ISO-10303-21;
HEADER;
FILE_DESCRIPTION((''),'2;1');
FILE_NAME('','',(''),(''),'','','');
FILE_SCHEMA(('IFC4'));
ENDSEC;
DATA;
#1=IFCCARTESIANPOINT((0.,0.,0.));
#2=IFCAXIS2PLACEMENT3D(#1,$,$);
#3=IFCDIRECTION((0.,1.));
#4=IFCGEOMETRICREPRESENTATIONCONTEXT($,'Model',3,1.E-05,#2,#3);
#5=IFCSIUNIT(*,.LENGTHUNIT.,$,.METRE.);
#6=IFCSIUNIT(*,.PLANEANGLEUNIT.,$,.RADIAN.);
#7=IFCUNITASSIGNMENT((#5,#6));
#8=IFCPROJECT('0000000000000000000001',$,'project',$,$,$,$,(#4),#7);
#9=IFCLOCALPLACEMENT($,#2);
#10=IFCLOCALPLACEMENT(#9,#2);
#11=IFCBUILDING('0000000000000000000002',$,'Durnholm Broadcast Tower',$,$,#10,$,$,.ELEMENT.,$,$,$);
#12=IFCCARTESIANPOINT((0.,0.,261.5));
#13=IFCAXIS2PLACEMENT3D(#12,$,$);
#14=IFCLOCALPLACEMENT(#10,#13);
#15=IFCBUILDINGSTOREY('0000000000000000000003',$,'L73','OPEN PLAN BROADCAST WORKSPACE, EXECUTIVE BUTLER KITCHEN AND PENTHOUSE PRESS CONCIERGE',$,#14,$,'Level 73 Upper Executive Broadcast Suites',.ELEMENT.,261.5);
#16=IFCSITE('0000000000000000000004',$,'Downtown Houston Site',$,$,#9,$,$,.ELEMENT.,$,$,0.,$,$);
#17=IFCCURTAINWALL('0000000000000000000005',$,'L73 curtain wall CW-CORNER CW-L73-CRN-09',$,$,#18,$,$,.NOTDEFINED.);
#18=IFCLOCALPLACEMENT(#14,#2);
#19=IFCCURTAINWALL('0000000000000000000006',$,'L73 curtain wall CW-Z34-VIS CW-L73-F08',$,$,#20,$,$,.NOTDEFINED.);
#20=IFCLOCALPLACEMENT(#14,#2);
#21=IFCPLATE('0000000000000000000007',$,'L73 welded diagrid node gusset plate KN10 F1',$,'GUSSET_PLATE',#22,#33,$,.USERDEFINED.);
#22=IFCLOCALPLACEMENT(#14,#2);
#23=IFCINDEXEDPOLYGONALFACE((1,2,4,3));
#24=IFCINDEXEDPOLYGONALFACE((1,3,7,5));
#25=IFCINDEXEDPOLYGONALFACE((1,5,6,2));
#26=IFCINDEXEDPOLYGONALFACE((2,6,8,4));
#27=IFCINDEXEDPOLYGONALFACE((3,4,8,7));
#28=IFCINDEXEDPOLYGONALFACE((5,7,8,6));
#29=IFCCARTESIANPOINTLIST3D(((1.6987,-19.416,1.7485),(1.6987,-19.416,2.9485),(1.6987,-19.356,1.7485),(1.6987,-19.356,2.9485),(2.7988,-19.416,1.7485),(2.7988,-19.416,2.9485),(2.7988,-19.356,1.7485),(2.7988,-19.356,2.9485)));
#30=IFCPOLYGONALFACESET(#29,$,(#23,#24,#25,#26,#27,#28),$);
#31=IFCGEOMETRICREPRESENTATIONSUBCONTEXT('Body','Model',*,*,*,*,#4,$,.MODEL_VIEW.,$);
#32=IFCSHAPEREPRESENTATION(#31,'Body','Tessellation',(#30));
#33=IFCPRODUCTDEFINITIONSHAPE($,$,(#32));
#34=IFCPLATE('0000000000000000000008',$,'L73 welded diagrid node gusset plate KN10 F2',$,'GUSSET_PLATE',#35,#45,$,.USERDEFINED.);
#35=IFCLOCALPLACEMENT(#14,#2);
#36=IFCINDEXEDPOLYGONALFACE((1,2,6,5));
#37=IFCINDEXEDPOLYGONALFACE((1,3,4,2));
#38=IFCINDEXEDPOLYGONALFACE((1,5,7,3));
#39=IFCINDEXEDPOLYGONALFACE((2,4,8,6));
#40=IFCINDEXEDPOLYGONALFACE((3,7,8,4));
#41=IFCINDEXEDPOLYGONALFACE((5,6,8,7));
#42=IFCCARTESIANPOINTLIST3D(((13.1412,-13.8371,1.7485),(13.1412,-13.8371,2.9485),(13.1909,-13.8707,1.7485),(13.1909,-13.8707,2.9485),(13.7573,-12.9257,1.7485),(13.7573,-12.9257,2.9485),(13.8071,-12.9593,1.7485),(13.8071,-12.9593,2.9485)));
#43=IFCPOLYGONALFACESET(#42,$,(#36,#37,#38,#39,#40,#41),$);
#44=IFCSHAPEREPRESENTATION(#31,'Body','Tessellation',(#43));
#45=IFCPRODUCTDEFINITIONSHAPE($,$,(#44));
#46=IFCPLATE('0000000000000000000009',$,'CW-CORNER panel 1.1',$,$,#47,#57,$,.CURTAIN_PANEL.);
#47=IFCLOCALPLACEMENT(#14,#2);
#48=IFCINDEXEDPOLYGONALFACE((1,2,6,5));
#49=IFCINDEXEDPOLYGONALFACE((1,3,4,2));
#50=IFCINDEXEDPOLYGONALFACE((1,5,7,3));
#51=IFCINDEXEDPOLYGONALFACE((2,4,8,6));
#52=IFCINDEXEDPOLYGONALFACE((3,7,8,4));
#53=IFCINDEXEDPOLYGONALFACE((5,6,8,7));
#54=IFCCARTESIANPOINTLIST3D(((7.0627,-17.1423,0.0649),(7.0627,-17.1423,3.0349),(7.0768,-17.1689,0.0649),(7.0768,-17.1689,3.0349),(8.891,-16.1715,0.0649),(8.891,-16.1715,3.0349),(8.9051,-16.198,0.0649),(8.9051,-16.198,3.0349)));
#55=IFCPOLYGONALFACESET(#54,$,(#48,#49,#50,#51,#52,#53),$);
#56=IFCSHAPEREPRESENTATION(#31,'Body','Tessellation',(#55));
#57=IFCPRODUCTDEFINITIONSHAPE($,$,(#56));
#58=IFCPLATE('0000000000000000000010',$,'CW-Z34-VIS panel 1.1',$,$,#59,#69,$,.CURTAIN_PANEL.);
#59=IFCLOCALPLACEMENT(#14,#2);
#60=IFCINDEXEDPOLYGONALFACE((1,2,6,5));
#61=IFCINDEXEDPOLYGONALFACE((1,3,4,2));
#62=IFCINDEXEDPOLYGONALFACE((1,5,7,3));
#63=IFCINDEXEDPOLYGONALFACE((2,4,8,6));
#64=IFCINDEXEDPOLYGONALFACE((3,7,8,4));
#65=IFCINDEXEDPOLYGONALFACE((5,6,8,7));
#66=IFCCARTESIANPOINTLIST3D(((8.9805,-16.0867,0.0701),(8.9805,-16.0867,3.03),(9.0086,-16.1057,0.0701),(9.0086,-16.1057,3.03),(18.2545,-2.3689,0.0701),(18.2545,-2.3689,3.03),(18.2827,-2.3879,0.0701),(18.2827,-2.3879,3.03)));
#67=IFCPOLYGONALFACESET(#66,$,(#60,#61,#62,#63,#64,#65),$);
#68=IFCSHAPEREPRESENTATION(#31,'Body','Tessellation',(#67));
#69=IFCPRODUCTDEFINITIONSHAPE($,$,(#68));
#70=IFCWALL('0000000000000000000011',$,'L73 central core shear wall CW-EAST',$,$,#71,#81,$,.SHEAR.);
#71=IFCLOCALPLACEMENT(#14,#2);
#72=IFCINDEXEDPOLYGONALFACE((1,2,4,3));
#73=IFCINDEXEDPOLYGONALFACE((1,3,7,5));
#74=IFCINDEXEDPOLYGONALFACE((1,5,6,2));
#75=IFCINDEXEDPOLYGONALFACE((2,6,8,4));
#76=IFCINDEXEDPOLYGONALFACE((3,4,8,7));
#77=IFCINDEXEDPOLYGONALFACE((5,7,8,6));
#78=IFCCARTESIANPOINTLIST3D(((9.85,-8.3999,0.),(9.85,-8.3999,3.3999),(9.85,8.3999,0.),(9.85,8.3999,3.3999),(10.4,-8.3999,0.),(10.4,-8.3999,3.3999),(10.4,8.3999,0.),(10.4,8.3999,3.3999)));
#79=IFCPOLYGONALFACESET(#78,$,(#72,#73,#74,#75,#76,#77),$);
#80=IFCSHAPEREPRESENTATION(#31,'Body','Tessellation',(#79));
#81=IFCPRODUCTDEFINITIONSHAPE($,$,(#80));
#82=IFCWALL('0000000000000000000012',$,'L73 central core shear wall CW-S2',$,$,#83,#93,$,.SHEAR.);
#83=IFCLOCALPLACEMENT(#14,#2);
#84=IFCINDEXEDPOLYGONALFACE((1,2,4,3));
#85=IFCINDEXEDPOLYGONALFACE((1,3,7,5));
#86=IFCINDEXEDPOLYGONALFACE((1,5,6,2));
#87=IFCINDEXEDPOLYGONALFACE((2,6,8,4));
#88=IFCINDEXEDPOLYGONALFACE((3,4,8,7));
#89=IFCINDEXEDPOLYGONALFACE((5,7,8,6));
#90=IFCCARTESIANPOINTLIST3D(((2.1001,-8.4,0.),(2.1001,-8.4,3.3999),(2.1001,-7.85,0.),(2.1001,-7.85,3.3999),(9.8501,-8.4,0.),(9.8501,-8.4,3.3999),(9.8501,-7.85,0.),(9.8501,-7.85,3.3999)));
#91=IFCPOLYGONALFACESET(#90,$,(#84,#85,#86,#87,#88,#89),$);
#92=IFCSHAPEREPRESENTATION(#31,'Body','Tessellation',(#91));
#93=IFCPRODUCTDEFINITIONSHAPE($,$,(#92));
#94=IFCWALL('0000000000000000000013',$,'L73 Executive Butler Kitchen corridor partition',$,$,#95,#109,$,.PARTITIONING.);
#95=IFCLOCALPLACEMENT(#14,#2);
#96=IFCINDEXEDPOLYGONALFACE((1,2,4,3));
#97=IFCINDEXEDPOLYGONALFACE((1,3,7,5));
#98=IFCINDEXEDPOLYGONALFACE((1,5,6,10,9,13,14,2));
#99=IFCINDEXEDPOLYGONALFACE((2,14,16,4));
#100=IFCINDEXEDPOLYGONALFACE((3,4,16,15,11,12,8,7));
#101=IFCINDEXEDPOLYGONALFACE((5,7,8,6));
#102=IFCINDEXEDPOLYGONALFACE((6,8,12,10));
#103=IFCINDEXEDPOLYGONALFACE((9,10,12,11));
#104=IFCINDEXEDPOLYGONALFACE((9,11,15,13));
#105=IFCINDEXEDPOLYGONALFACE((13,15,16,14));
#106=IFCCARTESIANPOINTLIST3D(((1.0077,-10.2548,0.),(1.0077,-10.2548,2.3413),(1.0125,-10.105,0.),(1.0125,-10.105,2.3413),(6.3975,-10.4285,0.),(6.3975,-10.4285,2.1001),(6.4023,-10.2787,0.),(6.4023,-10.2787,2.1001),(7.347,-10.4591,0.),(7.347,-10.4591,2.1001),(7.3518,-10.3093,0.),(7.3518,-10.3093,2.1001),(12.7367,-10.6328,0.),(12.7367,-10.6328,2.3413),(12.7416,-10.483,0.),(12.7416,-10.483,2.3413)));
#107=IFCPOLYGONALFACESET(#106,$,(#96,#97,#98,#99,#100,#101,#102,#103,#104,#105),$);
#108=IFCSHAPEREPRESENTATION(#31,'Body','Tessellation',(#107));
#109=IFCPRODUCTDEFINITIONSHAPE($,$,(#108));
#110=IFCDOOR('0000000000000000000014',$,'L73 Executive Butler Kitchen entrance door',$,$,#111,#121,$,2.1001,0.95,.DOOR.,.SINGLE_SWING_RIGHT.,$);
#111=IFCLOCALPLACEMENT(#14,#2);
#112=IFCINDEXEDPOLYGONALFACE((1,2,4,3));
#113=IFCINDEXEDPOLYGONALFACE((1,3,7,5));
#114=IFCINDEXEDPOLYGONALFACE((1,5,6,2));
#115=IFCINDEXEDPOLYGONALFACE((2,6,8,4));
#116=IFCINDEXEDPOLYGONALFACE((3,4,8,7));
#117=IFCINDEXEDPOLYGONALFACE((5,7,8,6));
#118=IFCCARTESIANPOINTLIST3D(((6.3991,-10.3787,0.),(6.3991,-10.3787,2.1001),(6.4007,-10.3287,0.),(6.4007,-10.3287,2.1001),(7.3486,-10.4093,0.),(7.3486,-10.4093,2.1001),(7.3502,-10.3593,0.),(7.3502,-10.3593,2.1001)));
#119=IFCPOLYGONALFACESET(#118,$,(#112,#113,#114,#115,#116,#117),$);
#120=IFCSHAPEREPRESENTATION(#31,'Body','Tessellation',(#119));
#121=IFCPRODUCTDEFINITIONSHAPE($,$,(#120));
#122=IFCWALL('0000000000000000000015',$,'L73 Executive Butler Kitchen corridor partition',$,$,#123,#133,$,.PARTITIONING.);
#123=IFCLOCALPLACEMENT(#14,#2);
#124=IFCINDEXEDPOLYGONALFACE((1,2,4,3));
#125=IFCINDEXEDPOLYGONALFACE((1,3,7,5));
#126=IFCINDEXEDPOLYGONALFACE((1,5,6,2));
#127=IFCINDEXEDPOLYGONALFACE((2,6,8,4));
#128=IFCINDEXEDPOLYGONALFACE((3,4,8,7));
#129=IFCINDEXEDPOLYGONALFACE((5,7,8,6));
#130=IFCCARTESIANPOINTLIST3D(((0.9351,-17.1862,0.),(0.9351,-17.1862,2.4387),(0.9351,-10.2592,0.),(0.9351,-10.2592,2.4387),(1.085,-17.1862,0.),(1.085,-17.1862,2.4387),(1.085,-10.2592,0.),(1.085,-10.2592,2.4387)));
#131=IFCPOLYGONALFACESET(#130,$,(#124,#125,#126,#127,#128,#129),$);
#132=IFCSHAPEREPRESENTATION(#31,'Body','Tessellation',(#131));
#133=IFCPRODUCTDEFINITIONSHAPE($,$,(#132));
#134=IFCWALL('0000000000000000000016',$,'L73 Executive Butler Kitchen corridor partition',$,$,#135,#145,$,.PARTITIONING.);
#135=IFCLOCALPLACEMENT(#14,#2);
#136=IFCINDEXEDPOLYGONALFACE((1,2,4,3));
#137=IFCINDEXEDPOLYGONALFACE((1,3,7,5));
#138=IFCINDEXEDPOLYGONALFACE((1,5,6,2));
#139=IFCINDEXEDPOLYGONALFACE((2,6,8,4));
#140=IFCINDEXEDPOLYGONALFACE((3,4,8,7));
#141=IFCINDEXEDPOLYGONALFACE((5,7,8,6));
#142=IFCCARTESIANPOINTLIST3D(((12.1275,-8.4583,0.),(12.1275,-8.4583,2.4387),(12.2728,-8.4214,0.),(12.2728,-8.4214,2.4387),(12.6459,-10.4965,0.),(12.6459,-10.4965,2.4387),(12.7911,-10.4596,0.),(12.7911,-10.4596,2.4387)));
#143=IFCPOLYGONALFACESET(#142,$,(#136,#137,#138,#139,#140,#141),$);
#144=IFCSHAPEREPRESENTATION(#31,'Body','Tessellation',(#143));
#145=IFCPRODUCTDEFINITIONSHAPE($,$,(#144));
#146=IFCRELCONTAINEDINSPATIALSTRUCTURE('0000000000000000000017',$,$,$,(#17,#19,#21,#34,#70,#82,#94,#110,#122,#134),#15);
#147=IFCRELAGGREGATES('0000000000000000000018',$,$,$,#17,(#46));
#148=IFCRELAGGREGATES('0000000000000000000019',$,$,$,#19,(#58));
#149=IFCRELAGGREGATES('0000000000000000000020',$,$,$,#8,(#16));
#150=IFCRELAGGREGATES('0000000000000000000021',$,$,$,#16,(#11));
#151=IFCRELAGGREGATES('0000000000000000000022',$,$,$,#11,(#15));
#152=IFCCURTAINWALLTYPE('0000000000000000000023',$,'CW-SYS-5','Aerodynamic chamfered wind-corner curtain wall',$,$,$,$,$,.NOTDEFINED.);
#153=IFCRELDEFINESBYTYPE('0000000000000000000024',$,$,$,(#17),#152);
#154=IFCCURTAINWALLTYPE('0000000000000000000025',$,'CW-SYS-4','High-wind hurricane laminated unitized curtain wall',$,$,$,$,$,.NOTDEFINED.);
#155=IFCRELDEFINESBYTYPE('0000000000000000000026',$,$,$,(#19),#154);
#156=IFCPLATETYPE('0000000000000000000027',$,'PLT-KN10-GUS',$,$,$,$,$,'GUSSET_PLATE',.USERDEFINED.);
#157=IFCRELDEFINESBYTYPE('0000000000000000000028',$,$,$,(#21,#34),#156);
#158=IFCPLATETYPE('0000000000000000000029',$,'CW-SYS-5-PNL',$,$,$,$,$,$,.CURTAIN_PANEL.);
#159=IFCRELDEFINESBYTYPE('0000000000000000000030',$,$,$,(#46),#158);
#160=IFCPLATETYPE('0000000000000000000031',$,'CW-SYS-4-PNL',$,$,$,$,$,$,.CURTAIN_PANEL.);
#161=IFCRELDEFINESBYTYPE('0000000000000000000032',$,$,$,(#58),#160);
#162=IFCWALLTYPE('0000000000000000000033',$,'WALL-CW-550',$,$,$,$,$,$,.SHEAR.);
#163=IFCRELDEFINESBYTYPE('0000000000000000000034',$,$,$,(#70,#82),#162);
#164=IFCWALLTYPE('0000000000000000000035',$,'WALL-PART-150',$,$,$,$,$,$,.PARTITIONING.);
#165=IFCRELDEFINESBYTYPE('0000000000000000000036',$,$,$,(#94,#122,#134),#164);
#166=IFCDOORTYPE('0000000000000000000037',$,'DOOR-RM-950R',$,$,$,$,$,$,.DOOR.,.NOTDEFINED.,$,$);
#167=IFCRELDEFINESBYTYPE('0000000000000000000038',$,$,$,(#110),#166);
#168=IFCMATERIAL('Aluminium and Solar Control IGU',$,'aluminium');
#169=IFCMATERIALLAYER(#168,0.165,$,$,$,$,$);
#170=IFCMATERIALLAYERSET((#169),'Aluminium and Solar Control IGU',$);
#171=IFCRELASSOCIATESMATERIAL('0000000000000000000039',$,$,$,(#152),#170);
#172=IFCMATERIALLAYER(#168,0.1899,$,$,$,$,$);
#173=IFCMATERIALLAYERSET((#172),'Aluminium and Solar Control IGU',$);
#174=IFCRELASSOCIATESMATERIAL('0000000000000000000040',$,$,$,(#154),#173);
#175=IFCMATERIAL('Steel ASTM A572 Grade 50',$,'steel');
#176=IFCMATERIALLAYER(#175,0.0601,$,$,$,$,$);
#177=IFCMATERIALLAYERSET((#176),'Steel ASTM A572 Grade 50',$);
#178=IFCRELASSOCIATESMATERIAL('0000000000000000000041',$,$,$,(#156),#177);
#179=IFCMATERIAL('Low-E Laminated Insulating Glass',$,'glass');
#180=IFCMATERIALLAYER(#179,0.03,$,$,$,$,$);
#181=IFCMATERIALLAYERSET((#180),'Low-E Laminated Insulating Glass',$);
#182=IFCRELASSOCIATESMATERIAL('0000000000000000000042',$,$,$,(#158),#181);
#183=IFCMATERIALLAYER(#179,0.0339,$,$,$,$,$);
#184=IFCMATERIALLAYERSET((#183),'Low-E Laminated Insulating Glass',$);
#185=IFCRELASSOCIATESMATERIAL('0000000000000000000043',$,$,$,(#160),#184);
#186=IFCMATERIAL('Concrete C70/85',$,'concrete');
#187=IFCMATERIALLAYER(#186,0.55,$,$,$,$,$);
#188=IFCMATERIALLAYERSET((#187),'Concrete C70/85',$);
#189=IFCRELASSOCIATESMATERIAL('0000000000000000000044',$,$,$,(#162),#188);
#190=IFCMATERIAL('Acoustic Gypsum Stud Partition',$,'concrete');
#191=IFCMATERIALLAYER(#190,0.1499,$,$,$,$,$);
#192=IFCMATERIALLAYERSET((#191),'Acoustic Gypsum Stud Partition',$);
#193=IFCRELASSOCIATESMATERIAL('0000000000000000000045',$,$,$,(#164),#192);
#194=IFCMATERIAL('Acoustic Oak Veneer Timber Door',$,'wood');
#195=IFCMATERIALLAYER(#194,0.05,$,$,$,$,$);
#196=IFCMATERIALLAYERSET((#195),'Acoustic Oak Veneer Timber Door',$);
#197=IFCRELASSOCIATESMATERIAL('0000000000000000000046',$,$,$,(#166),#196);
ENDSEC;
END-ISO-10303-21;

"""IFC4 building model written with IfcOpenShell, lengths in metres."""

from ifc_helpers import new_model, si_unit, direction, frame, frame_2d, origin, origin_2d, place, context, subcontext, project, spatial, rectangle, extrude, source, transform, mapped, material, layer, layer_set, type_object, type_shapes, element, fill, aggregate, save


model = new_model("IFC4")

# Units and contexts
model_context = context("Model", 3, precision=1e-05, world=origin(), true_north=direction((0.0, 1.0)))
body_context = subcontext(model_context, "Body", "Model", "MODEL_VIEW")
ifc_project = project(units=[si_unit("LENGTHUNIT", "METRE"), si_unit("PLANEANGLEUNIT", "RADIAN")], contexts=[model_context])

# Site, building, storey
site_placement = place(None, origin())
site = spatial("IfcSite", under=ifc_project, at=site_placement, Name="Downtown Houston Site", CompositionType="ELEMENT", RefElevation=0.0)
building_placement = place(site_placement, origin())
building = spatial("IfcBuilding", under=site, at=building_placement, Name="Durnholm Broadcast Tower", CompositionType="ELEMENT")
storey_placement = place(building_placement, frame((0.0, 0.0, 261.5)))
storey = spatial("IfcBuildingStorey", under=building, at=storey_placement, Name="L73", Description="OPEN PLAN BROADCAST WORKSPACE, EXECUTIVE BUTLER KITCHEN AND PENTHOUSE PRESS CONCIERGE", LongName="Level 73 Upper Executive Broadcast Suites", CompositionType="ELEMENT", Elevation=261.5)

# Shared definitions
ifc_material_1 = material(Name="Concrete C70/85", Category="concrete")

# Curtain wall
ifc_material_2 = material(Name="Aluminium and Solar Control IGU", Category="aluminium")
ifc_layer_1 = layer(ifc_material_2, 0.165)
ifc_layer_set_1 = layer_set([ifc_layer_1], Name="Aluminium and Solar Control IGU")
curtain_wall_type_1 = type_object("IfcCurtainWallType", Name="CW-SYS-5", Description="Aerodynamic chamfered wind-corner curtain wall", PredefinedType="NOTDEFINED", material=ifc_layer_set_1)
curtain_wall_1_placement = place(storey_placement, origin())
curtain_wall_1 = element("IfcCurtainWall", 1, at=curtain_wall_1_placement, inside=storey, type_object=curtain_wall_type_1, Name="L73 curtain wall CW-CORNER CW-L73-CRN-09", PredefinedType="NOTDEFINED")
ifc_layer_2 = layer(ifc_material_2, 0.1899)
ifc_layer_set_2 = layer_set([ifc_layer_2], Name="Aluminium and Solar Control IGU")
curtain_wall_type_2 = type_object("IfcCurtainWallType", Name="CW-SYS-4", Description="High-wind hurricane laminated unitized curtain wall", PredefinedType="NOTDEFINED", material=ifc_layer_set_2)

# Curtain wall
curtain_wall_2_placement = place(storey_placement, origin())
curtain_wall_2 = element("IfcCurtainWall", 2, at=curtain_wall_2_placement, inside=storey, type_object=curtain_wall_type_2, Name="L73 curtain wall CW-Z34-VIS CW-L73-F08", PredefinedType="NOTDEFINED")

# Plates
ifc_material_3 = material(Name="Steel ASTM A572 Grade 50", Category="steel")
ifc_layer_3 = layer(ifc_material_3, 0.0601)
ifc_layer_set_3 = layer_set([ifc_layer_3], Name="Steel ASTM A572 Grade 50")
plate_type_1 = type_object("IfcPlateType", Name="PLT-KN10-GUS", ElementType="GUSSET_PLATE", PredefinedType="USERDEFINED", material=ifc_layer_set_3)
shared_shape_1 = source(origin(), body_context, "Body", "SweptSolid", [
    extrude(rectangle(XDim=1.1001, YDim=0.0601, at=origin_2d()), origin(), (0.0, 0.0, 1.0), 1.2),
])
type_shapes(plate_type_1, [shared_shape_1])
for number, where, z_axis, x_axis, name in (
    (3, (2.2488, -19.386, 1.7485), (0.0, 0.0, 1.0), (1.0, 0.0, 0.0), "L73 welded diagrid node gusset plate KN10 F1"),
    (4, (13.4741, -13.3982, 1.7485), (0.0, 0.0, 1.0), (0.560061, 0.828452, 0.0), "L73 welded diagrid node gusset plate KN10 F2"),
):
    element("IfcPlate", number, at=place(storey_placement, frame(where, z_axis=z_axis, x_axis=x_axis)), inside=storey, type_object=plate_type_1, Name=name, ObjectType="GUSSET_PLATE", PredefinedType="USERDEFINED", context=body_context, shape_type="MappedRepresentation", body=[
        mapped(shared_shape_1, transform((0.0, 0.0, 0.0), x_axis=(1.0, 0.0, 0.0), y_axis=(0.0, 1.0, 0.0), z_axis=(0.0, 0.0, 1.0), scale=1.0)),
    ])

# Plates
ifc_material_4 = material(Name="Low-E Laminated Insulating Glass", Category="glass")
ifc_layer_4 = layer(ifc_material_4, 0.03)
ifc_layer_set_4 = layer_set([ifc_layer_4], Name="Low-E Laminated Insulating Glass")
plate_type_2 = type_object("IfcPlateType", Name="CW-SYS-5-PNL", PredefinedType="CURTAIN_PANEL", material=ifc_layer_set_4)
shared_shape_2 = source(origin(), body_context, "Body", "SweptSolid", [
    extrude(rectangle(XDim=2.0701, YDim=0.03, at=origin_2d()), origin(), (0.0, 0.0, 1.0), 2.97),
])
type_shapes(plate_type_2, [shared_shape_2])
plate_1_placement = place(storey_placement, frame((7.9839, -16.6702, 0.0649), z_axis=(0.0, 0.0, 1.0), x_axis=(-0.883195, -0.469007, 0.0)))
plate_1 = element("IfcPlate", 5, at=plate_1_placement, type_object=plate_type_2, Name="CW-CORNER panel 1.1", PredefinedType="CURTAIN_PANEL", context=body_context, shape_type="MappedRepresentation", body=[
    mapped(shared_shape_2, transform((0.0, 0.0, 0.0), x_axis=(1.0, 0.0, 0.0), y_axis=(0.0, 1.0, 0.0), z_axis=(0.0, 0.0, 1.0), scale=1.0)),
])
aggregate(curtain_wall_1, [plate_1])
ifc_layer_5 = layer(ifc_material_4, 0.0339)
ifc_layer_set_5 = layer_set([ifc_layer_5], Name="Low-E Laminated Insulating Glass")
plate_type_3 = type_object("IfcPlateType", Name="CW-SYS-4-PNL", PredefinedType="CURTAIN_PANEL", material=ifc_layer_set_5)
shared_shape_3 = source(origin(), body_context, "Body", "SweptSolid", [
    extrude(rectangle(XDim=16.5586, YDim=0.0339, at=origin_2d()), origin(), (0.0, 0.0, 1.0), 2.96),
])
type_shapes(plate_type_3, [shared_shape_3])
plate_2_placement = place(storey_placement, frame((13.6316, -9.2373, 0.0701), z_axis=(0.0, 0.0, 1.0), x_axis=(-0.560073, -0.828443, 0.0)))
plate_2 = element("IfcPlate", 6, at=plate_2_placement, type_object=plate_type_3, Name="CW-Z34-VIS panel 1.1", PredefinedType="CURTAIN_PANEL", context=body_context, shape_type="MappedRepresentation", body=[
    mapped(shared_shape_3, transform((0.0, 0.0, 0.0), x_axis=(1.0, 0.0, 0.0), y_axis=(0.0, 1.0, 0.0), z_axis=(0.0, 0.0, 1.0), scale=1.0)),
])
aggregate(curtain_wall_2, [plate_2])

# Walls
ifc_layer_6 = layer(ifc_material_1, 0.55)
ifc_layer_set_6 = layer_set([ifc_layer_6], Name="Concrete C70/85")
wall_type_1 = type_object("IfcWallType", Name="WALL-CW-550", PredefinedType="SHEAR", material=ifc_layer_set_6)
wall_1_placement = place(storey_placement, frame((10.125, -8.3999, 0.0), z_axis=(0.0, 0.0, 1.0), x_axis=(0.0, 1.0, 0.0)))
element("IfcWall", 7, at=wall_1_placement, inside=storey, type_object=wall_type_1, Name="L73 central core shear wall CW-EAST", PredefinedType="SHEAR", context=body_context, shape_type="SweptSolid", body=[
    extrude(rectangle(XDim=16.7998, YDim=0.55, at=frame_2d((8.3999, 0.0))), origin(), (0.0, 0.0, 1.0), 3.3999),
])
wall_2_placement = place(storey_placement, frame((2.1001, -8.125, 0.0), z_axis=(0.0, 0.0, 1.0), x_axis=(1.0, 0.0, 0.0)))
element("IfcWall", 8, at=wall_2_placement, inside=storey, type_object=wall_type_1, Name="L73 central core shear wall CW-S2", PredefinedType="SHEAR", context=body_context, shape_type="SweptSolid", body=[
    extrude(rectangle(XDim=7.75, YDim=0.55, at=frame_2d((3.875, 0.0))), origin(), (0.0, 0.0, 1.0), 3.3999),
])

# Wall, opening, door
ifc_material_5 = material(Name="Acoustic Gypsum Stud Partition", Category="concrete")
ifc_layer_7 = layer(ifc_material_5, 0.1499)
ifc_layer_set_7 = layer_set([ifc_layer_7], Name="Acoustic Gypsum Stud Partition")
wall_type_2 = type_object("IfcWallType", Name="WALL-PART-150", PredefinedType="PARTITIONING", material=ifc_layer_set_7)
wall_3_placement = place(storey_placement, frame((1.01, -10.1799, 0.0), z_axis=(0.0, 0.0, 1.0), x_axis=(0.999481, -0.032205, 0.0)))
wall_3 = element("IfcWall", 9, at=wall_3_placement, inside=storey, type_object=wall_type_2, Name="L73 Executive Butler Kitchen corridor partition", PredefinedType="PARTITIONING", context=body_context, shape_type="SweptSolid", body=[
    extrude(rectangle(XDim=11.7351, YDim=0.1499, at=frame_2d((5.8677, 0.0))), origin(), (0.0, 0.0, 1.0), 2.3413),
])
opening_1_placement = place(wall_3_placement, frame((5.3926, 0.0, 0.0)))
opening_1 = element("IfcOpeningElement", 10, at=opening_1_placement, cuts=wall_3, PredefinedType="OPENING", context=body_context, shape_type="SweptSolid", body=[
    extrude(rectangle(XDim=0.95, YDim=2.1001, at=frame_2d((0.4751, 1.05))), frame((0.0, 0.085, 0.0), z_axis=(0.0, -1.0, 0.0), x_axis=(1.0, 0.0, 0.0)), (0.0, 0.0, 1.0), 0.1699),
])
ifc_material_6 = material(Name="Acoustic Oak Veneer Timber Door", Category="wood")
ifc_layer_8 = layer(ifc_material_6, 0.05)
ifc_layer_set_8 = layer_set([ifc_layer_8], Name="Acoustic Oak Veneer Timber Door")
door_type_1 = type_object("IfcDoorType", Name="DOOR-RM-950R", OperationType="NOTDEFINED", PredefinedType="DOOR", material=ifc_layer_set_8)
shared_shape_4 = source(origin(), body_context, "Body", "SweptSolid", [
    extrude(rectangle(XDim=0.95, YDim=2.1001, at=frame_2d((0.4751, 1.05))), frame((0.0, 0.0249, 0.0), z_axis=(0.0, -1.0, 0.0), x_axis=(1.0, 0.0, 0.0)), (0.0, 0.0, 1.0), 0.05),
])
type_shapes(door_type_1, [shared_shape_4])
door_1_placement = place(opening_1_placement, origin())
door_1 = element("IfcDoor", 11, at=door_1_placement, inside=storey, type_object=door_type_1, Name="L73 Executive Butler Kitchen entrance door", OperationType="SINGLE_SWING_RIGHT", OverallHeight=2.1001, OverallWidth=0.95, PredefinedType="DOOR", context=body_context, shape_type="MappedRepresentation", body=[
    mapped(shared_shape_4, transform((0.0, 0.0, 0.0), x_axis=(1.0, 0.0, 0.0), y_axis=(0.0, 1.0, 0.0), z_axis=(0.0, 0.0, 1.0), scale=1.0)),
])
fill(opening_1, door_1)

# Walls
wall_4_placement = place(storey_placement, frame((1.01, -17.186, 0.0), z_axis=(0.0, 0.0, 1.0), x_axis=(0.0, 1.0, 0.0)))
element("IfcWall", 12, at=wall_4_placement, inside=storey, type_object=wall_type_2, Name="L73 Executive Butler Kitchen corridor partition", PredefinedType="PARTITIONING", context=body_context, shape_type="SweptSolid", body=[
    extrude(rectangle(XDim=6.927, YDim=0.1499, at=frame_2d((3.4634, 0.0))), origin(), (0.0, 0.0, 1.0), 2.4387),
])
wall_5_placement = place(storey_placement, frame((12.7185, -10.478, 0.0), z_axis=(0.0, 0.0, 1.0), x_axis=(-0.246467, 0.969151, 0.0)))
element("IfcWall", 13, at=wall_5_placement, inside=storey, type_object=wall_type_2, Name="L73 Executive Butler Kitchen corridor partition", PredefinedType="PARTITIONING", context=body_context, shape_type="SweptSolid", body=[
    extrude(rectangle(XDim=2.103, YDim=0.1499, at=frame_2d((1.0515, 0.0))), origin(), (0.0, 0.0, 1.0), 2.4387),
])

save(model, "model.ifc")
